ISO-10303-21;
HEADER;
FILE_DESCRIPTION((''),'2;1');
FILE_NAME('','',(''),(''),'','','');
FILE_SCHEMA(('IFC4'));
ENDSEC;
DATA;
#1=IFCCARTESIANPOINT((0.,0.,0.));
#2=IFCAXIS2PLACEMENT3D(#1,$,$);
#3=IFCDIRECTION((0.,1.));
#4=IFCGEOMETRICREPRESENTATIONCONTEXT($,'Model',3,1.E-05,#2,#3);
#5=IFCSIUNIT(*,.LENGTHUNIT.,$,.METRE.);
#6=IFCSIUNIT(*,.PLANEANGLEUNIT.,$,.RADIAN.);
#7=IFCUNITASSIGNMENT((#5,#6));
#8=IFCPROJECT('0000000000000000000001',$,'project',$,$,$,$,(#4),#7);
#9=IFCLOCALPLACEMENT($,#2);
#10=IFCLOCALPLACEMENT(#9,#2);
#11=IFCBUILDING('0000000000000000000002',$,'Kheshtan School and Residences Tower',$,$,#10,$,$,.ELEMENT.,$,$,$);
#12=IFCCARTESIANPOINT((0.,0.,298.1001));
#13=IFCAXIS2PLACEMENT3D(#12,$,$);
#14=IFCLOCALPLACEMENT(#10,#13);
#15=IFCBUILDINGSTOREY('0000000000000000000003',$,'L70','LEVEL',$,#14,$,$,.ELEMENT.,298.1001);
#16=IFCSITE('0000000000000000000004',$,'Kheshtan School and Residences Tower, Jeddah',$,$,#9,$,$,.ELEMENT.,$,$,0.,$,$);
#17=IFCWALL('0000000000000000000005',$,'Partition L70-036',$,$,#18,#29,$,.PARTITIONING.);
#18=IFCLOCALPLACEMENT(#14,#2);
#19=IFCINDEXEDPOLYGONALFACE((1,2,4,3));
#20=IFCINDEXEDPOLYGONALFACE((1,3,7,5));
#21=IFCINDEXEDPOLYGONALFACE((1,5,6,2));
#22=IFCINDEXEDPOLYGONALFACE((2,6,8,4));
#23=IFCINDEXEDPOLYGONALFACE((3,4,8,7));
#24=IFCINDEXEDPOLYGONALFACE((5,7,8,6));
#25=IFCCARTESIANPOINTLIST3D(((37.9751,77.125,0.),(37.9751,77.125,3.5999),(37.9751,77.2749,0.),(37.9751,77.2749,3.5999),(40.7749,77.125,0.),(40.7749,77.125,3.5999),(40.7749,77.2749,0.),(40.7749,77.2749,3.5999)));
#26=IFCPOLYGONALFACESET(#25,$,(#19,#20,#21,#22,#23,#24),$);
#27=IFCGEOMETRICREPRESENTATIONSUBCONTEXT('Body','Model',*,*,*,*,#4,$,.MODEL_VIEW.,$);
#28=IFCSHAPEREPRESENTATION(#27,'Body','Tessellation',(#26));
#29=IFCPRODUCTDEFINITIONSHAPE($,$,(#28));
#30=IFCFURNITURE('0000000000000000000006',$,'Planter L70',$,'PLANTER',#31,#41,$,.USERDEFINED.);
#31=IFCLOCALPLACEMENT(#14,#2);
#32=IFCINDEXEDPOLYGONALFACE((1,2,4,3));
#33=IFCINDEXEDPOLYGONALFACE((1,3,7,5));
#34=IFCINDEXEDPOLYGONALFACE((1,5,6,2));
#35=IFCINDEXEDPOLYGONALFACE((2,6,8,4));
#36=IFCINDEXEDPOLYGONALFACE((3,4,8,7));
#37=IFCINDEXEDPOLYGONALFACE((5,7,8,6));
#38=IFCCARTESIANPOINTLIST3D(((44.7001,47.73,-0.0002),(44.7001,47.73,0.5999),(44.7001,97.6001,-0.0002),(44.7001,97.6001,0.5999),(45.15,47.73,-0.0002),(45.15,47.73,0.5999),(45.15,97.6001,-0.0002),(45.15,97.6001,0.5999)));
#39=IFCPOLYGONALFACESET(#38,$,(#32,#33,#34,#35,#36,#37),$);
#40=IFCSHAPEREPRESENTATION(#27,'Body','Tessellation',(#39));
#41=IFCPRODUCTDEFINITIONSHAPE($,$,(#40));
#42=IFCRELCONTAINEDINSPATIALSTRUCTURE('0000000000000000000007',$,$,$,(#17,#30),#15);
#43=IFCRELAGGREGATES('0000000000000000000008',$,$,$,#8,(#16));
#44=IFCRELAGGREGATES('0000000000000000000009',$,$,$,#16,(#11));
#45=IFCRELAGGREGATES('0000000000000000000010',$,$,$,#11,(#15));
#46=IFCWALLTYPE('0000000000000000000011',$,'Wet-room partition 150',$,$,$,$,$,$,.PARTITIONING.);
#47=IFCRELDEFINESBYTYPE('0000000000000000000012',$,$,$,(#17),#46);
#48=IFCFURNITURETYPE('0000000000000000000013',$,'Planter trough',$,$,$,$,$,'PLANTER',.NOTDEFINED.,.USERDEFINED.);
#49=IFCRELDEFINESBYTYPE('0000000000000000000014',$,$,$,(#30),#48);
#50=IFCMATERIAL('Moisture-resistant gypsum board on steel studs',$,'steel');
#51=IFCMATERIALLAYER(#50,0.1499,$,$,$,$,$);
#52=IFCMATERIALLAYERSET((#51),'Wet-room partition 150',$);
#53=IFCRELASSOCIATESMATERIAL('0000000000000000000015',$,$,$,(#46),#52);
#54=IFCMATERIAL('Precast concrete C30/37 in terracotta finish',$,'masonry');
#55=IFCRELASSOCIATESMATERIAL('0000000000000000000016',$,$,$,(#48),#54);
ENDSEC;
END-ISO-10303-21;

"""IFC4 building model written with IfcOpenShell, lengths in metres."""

from ifc_helpers import new_model, si_unit, direction, frame, frame_2d, origin, origin_2d, place, context, subcontext, project, spatial, rectangle, extrude, material, layer, layer_set, type_object, element, save


model = new_model("IFC4")

# Units and contexts
model_context = context("Model", 3, precision=1e-05, world=origin(), true_north=direction((0.0, 1.0)))
body_context = subcontext(model_context, "Body", "Model", "MODEL_VIEW")
ifc_project = project(units=[si_unit("LENGTHUNIT", "METRE"), si_unit("PLANEANGLEUNIT", "RADIAN")], contexts=[model_context])

# Site, building, storey
site_placement = place(None, origin())
site = spatial("IfcSite", under=ifc_project, at=site_placement, Name="Kheshtan School and Residences Tower, Jeddah", CompositionType="ELEMENT", RefElevation=0.0)
building_placement = place(site_placement, origin())
building = spatial("IfcBuilding", under=site, at=building_placement, Name="Kheshtan School and Residences Tower", CompositionType="ELEMENT")
storey_placement = place(building_placement, frame((0.0, 0.0, 298.1001)))
storey = spatial("IfcBuildingStorey", under=building, at=storey_placement, Name="L70", Description="LEVEL", CompositionType="ELEMENT", Elevation=298.1001)

# Wall
ifc_material_1 = material(Name="Moisture-resistant gypsum board on steel studs", Category="steel")
ifc_layer_1 = layer(ifc_material_1, 0.1499)
ifc_layer_set_1 = layer_set([ifc_layer_1], Name="Wet-room partition 150")
wall_type_1 = type_object("IfcWallType", Name="Wet-room partition 150", PredefinedType="PARTITIONING", material=ifc_layer_set_1)
wall_1_placement = place(storey_placement, frame((37.9751, 77.2, 0.0), z_axis=(0.0, 0.0, 1.0), x_axis=(1.0, 0.0, 0.0)))
element("IfcWall", 1, at=wall_1_placement, inside=storey, type_object=wall_type_1, Name="Partition L70-036", PredefinedType="PARTITIONING", context=body_context, shape_type="SweptSolid", body=[
    extrude(rectangle(XDim=2.7998, YDim=0.1499, at=frame_2d((1.3999, 0.0))), origin(), (0.0, 0.0, 1.0), 3.5999),
])

# Furniture
ifc_material_2 = material(Name="Precast concrete C30/37 in terracotta finish", Category="masonry")
furniture_type = type_object("IfcFurnitureType", Name="Planter trough", ElementType="PLANTER", AssemblyPlace="NOTDEFINED", PredefinedType="USERDEFINED", material=ifc_material_2)
furniture_placement = place(storey_placement, frame((44.925, 72.665, -0.0002), z_axis=(0.0, 0.0, 1.0), x_axis=(0.0, -1.0, 0.0)))
element("IfcFurniture", 2, at=furniture_placement, inside=storey, type_object=furniture_type, Name="Planter L70", ObjectType="PLANTER", PredefinedType="USERDEFINED", context=body_context, shape_type="SweptSolid", body=[
    extrude(rectangle(XDim=49.8701, YDim=0.45, at=origin_2d()), origin(), (0.0, 0.0, 1.0), 0.6001),
])

save(model, "model.ifc")
